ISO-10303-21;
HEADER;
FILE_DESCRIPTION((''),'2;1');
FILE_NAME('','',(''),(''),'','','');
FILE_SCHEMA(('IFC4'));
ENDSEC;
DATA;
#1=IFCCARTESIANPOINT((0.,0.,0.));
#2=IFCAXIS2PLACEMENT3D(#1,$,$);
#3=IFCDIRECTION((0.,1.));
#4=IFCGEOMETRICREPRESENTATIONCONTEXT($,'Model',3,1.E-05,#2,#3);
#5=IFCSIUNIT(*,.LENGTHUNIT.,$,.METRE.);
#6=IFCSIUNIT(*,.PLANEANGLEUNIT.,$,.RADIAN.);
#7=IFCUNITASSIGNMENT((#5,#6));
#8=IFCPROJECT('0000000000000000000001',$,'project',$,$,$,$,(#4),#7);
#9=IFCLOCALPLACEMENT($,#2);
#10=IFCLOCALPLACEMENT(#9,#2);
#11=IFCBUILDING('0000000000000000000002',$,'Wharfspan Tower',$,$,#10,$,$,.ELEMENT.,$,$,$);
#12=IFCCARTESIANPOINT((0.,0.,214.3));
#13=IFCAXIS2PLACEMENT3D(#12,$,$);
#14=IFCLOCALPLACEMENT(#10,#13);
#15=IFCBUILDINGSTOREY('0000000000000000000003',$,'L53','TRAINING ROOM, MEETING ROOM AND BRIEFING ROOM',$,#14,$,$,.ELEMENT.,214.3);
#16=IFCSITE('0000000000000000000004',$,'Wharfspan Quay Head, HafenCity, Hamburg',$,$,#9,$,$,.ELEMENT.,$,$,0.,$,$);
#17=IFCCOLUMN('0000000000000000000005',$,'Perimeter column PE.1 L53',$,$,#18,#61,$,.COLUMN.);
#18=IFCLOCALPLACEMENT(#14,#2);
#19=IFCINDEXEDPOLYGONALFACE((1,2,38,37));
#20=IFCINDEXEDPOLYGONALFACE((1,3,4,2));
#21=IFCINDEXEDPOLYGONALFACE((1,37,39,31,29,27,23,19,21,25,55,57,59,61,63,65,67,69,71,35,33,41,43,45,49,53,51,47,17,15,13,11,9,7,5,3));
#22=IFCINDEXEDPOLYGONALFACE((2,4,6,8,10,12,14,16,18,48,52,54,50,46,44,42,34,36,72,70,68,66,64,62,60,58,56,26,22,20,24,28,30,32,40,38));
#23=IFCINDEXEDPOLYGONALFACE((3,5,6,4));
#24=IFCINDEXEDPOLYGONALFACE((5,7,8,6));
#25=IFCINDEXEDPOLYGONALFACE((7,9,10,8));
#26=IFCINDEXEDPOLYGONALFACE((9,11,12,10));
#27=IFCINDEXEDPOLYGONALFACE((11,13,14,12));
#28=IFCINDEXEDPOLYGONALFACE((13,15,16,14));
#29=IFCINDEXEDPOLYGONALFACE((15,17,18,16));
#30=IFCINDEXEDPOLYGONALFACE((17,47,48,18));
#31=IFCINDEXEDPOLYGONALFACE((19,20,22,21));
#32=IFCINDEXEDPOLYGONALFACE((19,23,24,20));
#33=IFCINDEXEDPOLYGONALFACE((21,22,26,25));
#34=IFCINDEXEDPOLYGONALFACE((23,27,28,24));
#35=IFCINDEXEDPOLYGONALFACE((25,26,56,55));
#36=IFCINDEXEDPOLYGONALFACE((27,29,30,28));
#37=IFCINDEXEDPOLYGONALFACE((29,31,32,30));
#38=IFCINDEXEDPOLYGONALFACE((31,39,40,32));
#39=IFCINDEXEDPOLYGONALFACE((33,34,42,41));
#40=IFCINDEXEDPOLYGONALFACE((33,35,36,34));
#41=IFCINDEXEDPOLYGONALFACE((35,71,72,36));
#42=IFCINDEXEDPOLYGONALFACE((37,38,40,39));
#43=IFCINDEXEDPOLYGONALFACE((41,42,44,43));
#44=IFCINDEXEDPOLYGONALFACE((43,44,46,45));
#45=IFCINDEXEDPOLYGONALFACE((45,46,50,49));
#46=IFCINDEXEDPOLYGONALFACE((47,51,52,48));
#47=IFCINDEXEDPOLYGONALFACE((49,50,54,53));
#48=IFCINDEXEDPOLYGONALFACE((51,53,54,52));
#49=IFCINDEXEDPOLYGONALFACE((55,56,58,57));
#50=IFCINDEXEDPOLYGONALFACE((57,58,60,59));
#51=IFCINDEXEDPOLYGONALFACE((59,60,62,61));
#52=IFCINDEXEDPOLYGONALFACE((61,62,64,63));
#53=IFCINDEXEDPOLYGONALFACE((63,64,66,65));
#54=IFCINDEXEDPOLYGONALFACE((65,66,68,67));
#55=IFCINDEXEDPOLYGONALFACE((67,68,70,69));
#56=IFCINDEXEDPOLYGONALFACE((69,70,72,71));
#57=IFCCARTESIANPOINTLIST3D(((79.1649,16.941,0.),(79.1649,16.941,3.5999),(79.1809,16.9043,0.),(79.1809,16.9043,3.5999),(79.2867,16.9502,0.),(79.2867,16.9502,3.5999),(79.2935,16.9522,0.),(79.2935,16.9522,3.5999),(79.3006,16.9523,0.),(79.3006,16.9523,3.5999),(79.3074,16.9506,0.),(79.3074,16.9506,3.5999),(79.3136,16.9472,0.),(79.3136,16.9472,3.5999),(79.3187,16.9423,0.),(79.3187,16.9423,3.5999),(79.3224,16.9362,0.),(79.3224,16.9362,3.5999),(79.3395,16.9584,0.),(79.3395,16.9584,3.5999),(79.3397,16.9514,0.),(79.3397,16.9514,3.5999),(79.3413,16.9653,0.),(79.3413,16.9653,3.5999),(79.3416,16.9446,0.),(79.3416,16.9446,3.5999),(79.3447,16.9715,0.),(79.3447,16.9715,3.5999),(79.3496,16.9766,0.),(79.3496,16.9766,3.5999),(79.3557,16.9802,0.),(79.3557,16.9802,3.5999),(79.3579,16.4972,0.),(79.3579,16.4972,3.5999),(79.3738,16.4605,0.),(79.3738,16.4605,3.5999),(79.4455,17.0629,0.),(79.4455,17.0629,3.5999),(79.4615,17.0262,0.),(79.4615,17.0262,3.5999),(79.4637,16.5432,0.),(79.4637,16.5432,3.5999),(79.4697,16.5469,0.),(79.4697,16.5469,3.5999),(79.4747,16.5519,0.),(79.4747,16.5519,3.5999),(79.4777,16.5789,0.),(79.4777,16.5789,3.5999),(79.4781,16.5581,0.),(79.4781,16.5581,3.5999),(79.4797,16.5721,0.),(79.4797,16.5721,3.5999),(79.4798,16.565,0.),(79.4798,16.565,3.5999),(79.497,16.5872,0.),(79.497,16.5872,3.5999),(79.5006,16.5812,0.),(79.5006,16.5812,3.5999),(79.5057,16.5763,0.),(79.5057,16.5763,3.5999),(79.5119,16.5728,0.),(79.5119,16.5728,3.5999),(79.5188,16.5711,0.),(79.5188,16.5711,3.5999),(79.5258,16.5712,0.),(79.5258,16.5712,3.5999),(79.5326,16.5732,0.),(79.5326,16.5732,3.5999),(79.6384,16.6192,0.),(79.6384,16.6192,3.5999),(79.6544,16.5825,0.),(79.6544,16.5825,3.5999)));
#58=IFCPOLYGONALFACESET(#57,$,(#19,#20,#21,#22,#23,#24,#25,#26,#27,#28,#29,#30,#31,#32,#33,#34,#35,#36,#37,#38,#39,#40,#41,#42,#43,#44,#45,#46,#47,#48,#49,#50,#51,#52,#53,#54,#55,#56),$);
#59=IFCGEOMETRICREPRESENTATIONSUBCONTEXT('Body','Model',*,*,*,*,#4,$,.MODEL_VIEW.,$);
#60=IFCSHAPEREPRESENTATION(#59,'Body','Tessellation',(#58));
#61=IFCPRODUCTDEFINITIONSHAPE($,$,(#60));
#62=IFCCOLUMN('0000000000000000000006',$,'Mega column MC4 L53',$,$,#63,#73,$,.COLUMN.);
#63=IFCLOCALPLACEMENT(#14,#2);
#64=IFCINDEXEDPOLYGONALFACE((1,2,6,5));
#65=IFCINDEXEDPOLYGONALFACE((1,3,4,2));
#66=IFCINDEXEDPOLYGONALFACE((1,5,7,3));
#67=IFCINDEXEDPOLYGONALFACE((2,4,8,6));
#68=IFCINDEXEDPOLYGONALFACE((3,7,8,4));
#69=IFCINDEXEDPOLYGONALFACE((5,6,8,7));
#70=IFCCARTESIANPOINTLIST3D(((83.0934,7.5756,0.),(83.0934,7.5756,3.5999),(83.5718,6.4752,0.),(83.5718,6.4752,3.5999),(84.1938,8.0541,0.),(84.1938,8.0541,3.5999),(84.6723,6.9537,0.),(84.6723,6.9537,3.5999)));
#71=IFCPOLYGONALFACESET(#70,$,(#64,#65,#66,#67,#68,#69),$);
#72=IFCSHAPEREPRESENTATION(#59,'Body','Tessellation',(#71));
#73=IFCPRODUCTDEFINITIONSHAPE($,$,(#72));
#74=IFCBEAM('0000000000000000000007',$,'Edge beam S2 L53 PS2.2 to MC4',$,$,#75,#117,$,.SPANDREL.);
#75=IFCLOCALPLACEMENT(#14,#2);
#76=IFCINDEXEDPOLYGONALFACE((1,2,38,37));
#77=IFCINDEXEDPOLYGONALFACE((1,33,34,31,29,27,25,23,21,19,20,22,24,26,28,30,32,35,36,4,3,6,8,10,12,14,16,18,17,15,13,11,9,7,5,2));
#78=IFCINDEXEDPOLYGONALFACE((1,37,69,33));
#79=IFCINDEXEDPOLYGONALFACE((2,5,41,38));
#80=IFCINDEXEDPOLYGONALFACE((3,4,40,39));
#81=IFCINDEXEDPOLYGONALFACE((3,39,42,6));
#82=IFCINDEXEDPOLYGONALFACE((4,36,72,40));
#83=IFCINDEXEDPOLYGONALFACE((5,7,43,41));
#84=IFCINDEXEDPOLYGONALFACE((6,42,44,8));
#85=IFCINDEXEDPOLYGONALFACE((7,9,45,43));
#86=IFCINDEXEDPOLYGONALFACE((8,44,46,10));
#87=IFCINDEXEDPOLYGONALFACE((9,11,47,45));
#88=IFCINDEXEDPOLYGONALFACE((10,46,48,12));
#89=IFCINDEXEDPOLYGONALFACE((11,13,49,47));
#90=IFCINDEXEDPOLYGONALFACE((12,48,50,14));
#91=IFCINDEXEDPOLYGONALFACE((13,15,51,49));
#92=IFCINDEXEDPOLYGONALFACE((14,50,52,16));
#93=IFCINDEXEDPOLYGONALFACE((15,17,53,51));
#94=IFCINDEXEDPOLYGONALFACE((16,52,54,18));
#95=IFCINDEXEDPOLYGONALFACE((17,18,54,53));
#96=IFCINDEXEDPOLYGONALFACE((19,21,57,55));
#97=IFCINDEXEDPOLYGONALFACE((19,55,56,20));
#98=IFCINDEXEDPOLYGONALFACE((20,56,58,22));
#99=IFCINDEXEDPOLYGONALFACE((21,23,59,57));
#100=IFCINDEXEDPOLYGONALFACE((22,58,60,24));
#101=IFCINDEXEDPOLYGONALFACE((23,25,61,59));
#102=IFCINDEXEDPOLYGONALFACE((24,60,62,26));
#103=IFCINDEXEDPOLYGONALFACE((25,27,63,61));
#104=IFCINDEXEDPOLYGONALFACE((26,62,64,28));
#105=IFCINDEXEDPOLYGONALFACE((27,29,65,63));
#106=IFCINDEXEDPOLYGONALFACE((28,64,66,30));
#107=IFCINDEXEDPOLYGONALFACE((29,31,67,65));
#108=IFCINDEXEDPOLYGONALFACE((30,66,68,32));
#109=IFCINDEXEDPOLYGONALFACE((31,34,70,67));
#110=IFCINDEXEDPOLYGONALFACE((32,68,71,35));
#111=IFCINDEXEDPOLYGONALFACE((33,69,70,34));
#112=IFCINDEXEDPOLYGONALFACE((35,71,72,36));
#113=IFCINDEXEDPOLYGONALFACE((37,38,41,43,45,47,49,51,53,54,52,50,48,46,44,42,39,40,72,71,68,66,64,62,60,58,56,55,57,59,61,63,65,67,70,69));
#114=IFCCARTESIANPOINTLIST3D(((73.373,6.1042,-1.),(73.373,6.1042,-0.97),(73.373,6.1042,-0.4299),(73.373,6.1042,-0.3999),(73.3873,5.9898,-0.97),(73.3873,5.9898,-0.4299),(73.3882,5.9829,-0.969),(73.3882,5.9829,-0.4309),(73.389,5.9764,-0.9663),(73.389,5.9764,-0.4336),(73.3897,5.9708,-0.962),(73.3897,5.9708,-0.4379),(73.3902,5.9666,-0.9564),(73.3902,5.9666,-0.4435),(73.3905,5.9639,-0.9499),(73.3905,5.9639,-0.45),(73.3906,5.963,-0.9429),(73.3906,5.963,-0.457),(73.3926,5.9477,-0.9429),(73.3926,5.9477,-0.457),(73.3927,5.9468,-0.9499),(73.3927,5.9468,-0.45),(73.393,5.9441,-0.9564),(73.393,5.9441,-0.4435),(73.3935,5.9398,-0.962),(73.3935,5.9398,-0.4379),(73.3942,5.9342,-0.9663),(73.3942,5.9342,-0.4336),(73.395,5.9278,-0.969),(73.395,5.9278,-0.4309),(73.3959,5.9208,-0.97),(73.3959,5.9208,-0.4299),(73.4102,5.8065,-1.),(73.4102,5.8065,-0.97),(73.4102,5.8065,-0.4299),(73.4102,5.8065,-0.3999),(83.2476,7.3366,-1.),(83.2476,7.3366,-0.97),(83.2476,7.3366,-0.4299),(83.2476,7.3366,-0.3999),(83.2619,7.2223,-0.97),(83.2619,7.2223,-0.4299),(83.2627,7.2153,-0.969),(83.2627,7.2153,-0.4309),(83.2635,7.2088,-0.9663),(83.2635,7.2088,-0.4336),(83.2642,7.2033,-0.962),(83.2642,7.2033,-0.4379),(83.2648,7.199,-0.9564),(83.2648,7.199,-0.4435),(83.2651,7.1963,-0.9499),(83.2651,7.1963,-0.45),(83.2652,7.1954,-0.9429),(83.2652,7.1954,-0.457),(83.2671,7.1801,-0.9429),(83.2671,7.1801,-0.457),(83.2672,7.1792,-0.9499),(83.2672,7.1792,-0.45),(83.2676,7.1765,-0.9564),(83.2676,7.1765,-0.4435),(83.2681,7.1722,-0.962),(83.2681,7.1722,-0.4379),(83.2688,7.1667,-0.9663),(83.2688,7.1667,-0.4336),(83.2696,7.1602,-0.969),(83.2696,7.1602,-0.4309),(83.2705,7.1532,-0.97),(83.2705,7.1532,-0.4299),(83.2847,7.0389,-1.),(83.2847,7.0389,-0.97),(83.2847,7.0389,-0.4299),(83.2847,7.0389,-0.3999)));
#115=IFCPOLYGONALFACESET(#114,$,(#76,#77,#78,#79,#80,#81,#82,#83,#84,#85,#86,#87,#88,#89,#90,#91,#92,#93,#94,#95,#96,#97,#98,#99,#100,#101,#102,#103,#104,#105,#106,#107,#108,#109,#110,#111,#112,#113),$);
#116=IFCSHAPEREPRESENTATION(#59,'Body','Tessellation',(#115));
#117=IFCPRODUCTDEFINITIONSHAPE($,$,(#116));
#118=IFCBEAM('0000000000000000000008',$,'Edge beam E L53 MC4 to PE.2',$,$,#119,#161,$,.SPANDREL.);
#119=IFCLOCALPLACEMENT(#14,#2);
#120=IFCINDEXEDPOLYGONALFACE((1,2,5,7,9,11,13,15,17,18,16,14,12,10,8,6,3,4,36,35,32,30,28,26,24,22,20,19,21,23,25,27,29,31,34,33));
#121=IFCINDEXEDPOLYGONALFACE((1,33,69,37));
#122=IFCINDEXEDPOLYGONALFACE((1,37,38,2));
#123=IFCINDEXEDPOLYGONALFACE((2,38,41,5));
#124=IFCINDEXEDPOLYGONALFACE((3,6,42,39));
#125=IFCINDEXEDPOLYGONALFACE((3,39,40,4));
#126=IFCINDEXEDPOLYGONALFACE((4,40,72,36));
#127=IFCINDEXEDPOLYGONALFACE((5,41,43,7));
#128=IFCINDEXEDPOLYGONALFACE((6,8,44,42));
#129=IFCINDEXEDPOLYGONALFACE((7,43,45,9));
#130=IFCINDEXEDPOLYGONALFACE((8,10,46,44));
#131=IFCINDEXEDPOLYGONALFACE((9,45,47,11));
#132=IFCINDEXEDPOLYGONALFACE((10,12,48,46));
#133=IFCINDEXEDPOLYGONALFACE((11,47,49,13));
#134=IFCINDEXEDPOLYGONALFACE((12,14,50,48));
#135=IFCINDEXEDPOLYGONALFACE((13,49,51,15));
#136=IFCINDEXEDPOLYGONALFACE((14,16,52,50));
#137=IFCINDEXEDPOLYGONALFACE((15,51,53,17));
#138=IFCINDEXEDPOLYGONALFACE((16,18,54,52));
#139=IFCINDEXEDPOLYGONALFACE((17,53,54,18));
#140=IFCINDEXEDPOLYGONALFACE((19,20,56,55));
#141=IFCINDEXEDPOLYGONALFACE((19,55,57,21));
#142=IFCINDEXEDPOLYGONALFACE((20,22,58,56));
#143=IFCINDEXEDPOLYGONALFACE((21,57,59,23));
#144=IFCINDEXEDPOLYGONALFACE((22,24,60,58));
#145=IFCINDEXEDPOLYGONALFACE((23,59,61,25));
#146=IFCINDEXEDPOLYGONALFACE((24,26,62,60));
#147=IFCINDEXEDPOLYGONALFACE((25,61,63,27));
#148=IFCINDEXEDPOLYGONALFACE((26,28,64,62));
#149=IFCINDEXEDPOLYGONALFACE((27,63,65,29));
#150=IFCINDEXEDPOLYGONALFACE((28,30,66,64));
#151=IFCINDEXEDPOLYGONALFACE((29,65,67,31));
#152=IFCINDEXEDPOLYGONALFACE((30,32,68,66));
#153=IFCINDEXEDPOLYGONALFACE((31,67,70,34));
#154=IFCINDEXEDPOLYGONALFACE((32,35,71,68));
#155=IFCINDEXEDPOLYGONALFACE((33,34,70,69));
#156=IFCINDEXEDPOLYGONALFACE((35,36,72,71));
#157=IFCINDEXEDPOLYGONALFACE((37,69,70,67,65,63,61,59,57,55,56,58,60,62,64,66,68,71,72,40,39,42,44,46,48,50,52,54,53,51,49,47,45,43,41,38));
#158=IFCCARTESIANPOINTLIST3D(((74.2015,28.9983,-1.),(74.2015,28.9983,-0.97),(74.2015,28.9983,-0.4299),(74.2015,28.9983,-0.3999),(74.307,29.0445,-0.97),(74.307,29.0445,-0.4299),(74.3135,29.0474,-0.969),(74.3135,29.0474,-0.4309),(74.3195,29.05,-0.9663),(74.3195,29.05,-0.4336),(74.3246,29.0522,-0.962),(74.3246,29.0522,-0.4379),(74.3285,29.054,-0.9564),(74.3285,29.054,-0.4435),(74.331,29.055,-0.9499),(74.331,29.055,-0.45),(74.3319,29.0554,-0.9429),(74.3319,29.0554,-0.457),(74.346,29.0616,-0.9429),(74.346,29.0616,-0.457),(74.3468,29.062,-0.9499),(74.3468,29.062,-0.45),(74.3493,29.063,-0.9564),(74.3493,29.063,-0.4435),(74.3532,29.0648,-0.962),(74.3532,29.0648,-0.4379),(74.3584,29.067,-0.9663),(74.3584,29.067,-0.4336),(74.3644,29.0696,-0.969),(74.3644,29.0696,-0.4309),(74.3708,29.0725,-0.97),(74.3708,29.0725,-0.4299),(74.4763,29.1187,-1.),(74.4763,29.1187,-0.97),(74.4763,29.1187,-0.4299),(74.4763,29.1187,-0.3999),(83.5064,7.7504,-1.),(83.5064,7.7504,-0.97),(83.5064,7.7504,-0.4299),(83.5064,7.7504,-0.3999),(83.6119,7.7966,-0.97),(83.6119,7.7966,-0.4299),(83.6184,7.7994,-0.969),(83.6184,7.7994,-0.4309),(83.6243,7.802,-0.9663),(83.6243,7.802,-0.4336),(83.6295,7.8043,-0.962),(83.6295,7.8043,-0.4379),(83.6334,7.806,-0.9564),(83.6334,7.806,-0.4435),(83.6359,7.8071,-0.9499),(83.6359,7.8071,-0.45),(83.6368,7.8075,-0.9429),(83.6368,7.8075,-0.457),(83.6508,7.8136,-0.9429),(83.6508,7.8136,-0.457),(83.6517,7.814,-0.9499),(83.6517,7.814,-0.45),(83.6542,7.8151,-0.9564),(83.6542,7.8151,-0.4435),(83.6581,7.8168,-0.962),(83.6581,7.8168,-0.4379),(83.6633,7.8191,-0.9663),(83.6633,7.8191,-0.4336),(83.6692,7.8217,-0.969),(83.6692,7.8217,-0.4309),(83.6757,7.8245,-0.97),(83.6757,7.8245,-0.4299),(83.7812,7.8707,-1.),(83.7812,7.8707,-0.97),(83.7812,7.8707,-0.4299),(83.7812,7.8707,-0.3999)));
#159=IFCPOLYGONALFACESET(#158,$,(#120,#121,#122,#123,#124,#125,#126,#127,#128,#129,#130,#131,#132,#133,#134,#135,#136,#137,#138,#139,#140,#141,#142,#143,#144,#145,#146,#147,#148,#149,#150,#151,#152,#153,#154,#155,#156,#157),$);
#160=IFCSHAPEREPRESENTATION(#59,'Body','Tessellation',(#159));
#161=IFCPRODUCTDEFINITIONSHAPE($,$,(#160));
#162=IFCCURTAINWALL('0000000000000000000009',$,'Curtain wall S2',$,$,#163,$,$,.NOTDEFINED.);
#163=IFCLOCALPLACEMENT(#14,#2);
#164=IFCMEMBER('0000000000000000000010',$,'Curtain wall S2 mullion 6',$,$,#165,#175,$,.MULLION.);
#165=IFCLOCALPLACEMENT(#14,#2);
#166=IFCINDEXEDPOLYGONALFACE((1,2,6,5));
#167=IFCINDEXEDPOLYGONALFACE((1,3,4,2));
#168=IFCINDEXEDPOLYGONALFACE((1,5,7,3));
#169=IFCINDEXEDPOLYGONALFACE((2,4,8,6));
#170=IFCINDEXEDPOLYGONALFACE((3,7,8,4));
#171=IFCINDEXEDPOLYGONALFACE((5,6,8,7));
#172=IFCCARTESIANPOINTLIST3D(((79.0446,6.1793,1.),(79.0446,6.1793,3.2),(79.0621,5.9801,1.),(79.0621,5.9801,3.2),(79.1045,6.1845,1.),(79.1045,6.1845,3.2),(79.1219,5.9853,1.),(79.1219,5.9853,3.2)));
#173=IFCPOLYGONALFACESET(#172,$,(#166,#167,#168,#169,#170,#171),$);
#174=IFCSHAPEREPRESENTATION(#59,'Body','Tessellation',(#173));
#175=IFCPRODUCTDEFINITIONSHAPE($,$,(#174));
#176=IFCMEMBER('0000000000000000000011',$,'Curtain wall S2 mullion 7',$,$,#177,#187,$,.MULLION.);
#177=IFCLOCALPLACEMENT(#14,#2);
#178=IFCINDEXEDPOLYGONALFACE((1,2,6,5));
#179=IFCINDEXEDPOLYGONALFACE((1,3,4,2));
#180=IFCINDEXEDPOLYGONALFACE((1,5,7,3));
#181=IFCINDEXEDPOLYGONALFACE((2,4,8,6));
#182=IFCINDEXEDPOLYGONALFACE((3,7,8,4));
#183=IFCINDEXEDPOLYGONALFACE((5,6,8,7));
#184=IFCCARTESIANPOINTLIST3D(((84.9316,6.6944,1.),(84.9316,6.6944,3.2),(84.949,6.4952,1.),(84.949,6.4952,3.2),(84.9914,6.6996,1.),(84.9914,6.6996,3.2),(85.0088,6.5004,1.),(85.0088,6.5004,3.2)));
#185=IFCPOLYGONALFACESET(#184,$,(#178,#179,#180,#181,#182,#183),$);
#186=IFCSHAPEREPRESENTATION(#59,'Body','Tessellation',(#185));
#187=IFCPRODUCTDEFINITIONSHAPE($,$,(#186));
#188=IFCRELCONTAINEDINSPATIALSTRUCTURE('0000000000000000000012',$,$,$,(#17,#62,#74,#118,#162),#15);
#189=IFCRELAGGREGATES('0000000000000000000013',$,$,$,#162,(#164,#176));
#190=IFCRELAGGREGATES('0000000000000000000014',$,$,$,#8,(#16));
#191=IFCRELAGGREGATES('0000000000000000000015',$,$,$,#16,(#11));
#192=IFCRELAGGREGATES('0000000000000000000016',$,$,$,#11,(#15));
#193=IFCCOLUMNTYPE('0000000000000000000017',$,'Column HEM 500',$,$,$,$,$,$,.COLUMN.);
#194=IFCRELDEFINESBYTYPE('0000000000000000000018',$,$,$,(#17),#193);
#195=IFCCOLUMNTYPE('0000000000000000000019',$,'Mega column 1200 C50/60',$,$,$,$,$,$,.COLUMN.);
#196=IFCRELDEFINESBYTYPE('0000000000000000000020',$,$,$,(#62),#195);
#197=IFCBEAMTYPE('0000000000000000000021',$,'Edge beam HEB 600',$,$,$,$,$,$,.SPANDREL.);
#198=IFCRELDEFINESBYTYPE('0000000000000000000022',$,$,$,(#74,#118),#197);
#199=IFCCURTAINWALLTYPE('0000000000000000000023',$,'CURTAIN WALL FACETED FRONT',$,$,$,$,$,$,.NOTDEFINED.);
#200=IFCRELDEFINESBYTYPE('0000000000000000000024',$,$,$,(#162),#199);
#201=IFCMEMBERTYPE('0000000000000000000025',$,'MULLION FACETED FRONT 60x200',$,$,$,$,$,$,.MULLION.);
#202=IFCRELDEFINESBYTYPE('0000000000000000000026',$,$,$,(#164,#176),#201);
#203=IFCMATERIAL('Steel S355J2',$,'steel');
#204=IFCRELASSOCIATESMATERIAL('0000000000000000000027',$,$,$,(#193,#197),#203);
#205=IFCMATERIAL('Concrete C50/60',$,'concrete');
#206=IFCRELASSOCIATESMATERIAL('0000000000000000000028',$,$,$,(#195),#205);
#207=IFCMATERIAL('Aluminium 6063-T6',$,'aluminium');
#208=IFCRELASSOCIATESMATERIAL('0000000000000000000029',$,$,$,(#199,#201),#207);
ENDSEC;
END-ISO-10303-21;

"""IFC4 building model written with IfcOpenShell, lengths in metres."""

from ifc_helpers import new_model, si_unit, direction, frame, origin, origin_2d, place, context, subcontext, project, spatial, rectangle, i_section, extrude, material, material_profile, profile_set, type_object, element, aggregate, save


model = new_model("IFC4")

# Units and contexts
model_context = context("Model", 3, precision=1e-05, world=origin(), true_north=direction((0.0, 1.0)))
body_context = subcontext(model_context, "Body", "Model", "MODEL_VIEW")
ifc_project = project(units=[si_unit("LENGTHUNIT", "METRE"), si_unit("PLANEANGLEUNIT", "RADIAN")], contexts=[model_context])

# Site, building, storey
site_placement = place(None, origin())
site = spatial("IfcSite", under=ifc_project, at=site_placement, Name="Wharfspan Quay Head, HafenCity, Hamburg", CompositionType="ELEMENT", RefElevation=0.0)
building_placement = place(site_placement, origin())
building = spatial("IfcBuilding", under=site, at=building_placement, Name="Wharfspan Tower", CompositionType="ELEMENT")
storey_placement = place(building_placement, frame((0.0, 0.0, 214.3)))
storey = spatial("IfcBuildingStorey", under=building, at=storey_placement, Name="L53", Description="TRAINING ROOM, MEETING ROOM AND BRIEFING ROOM", CompositionType="ELEMENT", Elevation=214.3)

# Columns
ifc_material_1 = material(Name="Steel S355J2", Category="steel")
ifc_material_profile_1 = material_profile(ifc_material_1, i_section(OverallWidth=0.3059, OverallDepth=0.5239, WebThickness=0.021, FlangeThickness=0.04, FilletRadius=0.0271, at=origin_2d()))
ifc_profile_set_1 = profile_set([ifc_material_profile_1], Name="Steel S355J2")
column_type_1 = type_object("IfcColumnType", Name="Column HEM 500", PredefinedType="COLUMN", material=ifc_profile_set_1)
column_1_placement = place(storey_placement, frame((79.4097, 16.7617, 0.0), z_axis=(0.0, 0.0, 1.0), x_axis=(0.917072, 0.398727, 0.0)))
element("IfcColumn", 1, at=column_1_placement, inside=storey, type_object=column_type_1, Name="Perimeter column PE.1 L53", PredefinedType="COLUMN", context=body_context, shape_type="SweptSolid", body=[
    extrude(i_section(OverallWidth=0.3059, OverallDepth=0.5239, WebThickness=0.021, FlangeThickness=0.04, FilletRadius=0.0271, at=origin_2d()), origin(), (0.0, 0.0, 1.0), 3.5999),
])
ifc_material_2 = material(Name="Concrete C50/60", Category="concrete")
ifc_material_profile_2 = material_profile(ifc_material_2, rectangle(XDim=1.2, YDim=1.2, at=origin_2d()))
ifc_profile_set_2 = profile_set([ifc_material_profile_2], Name="Concrete C50/60")
column_type_2 = type_object("IfcColumnType", Name="Mega column 1200 C50/60", PredefinedType="COLUMN", material=ifc_profile_set_2)
column_2_placement = place(storey_placement, frame((83.8828, 7.2646, 0.0), z_axis=(0.0, 0.0, 1.0), x_axis=(-0.398727, 0.917072, 0.0)))
element("IfcColumn", 2, at=column_2_placement, inside=storey, type_object=column_type_2, Name="Mega column MC4 L53", PredefinedType="COLUMN", context=body_context, shape_type="SweptSolid", body=[
    extrude(rectangle(XDim=1.2, YDim=1.2, at=origin_2d()), origin(), (0.0, 0.0, 1.0), 3.5999),
])

# Beams
ifc_material_profile_3 = material_profile(ifc_material_1, i_section(OverallWidth=0.3, OverallDepth=0.6001, WebThickness=0.0154, FlangeThickness=0.03, FilletRadius=0.0271, at=origin_2d()))
ifc_profile_set_3 = profile_set([ifc_material_profile_3], Name="Steel S355J2")
beam_type = type_object("IfcBeamType", Name="Edge beam HEB 600", PredefinedType="SPANDREL", material=ifc_profile_set_3)
beam_1_placement = place(storey_placement, frame((73.3916, 5.9553, -0.7), z_axis=(0.992301, 0.123848, 0.0), x_axis=(-0.123848, 0.992301, 0.0)))
element("IfcBeam", 3, at=beam_1_placement, inside=storey, type_object=beam_type, Name="Edge beam S2 L53 PS2.2 to MC4", PredefinedType="SPANDREL", context=body_context, shape_type="SweptSolid", body=[
    extrude(i_section(OverallWidth=0.3, OverallDepth=0.6001, WebThickness=0.0154, FlangeThickness=0.03, FilletRadius=0.0271, at=origin_2d()), origin(), (0.0, 0.0, 1.0), 9.9512),
])
beam_2_placement = place(storey_placement, frame((83.6438, 7.8105, -0.7), z_axis=(-0.401141, 0.916016, 0.0), x_axis=(-0.916016, -0.401141, 0.0)))
element("IfcBeam", 4, at=beam_2_placement, inside=storey, type_object=beam_type, Name="Edge beam E L53 MC4 to PE.2", PredefinedType="SPANDREL", context=body_context, shape_type="SweptSolid", body=[
    extrude(i_section(OverallWidth=0.3, OverallDepth=0.6001, WebThickness=0.0154, FlangeThickness=0.03, FilletRadius=0.0271, at=origin_2d()), origin(), (0.0, 0.0, 1.0), 23.196),
])

# Curtain wall, members
ifc_material_3 = material(Name="Aluminium 6063-T6", Category="aluminium")
curtain_wall_type_1 = type_object("IfcCurtainWallType", Name="CURTAIN WALL FACETED FRONT", PredefinedType="NOTDEFINED", material=ifc_material_3)
curtain_wall_1_placement = place(storey_placement, origin())
curtain_wall_1 = element("IfcCurtainWall", 5, at=curtain_wall_1_placement, inside=storey, type_object=curtain_wall_type_1, Name="Curtain wall S2", PredefinedType="NOTDEFINED")
ifc_material_profile_4 = material_profile(ifc_material_3, rectangle(XDim=0.2, YDim=0.0601, at=origin_2d()))
ifc_profile_set_4 = profile_set([ifc_material_profile_4], Name="Aluminium 6063-T6")
member_type_1 = type_object("IfcMemberType", Name="MULLION FACETED FRONT 60x200", PredefinedType="MULLION", material=ifc_profile_set_4)
member_1_placement = place(storey_placement, frame((79.0833, 6.0823, 1.0), z_axis=(0.0, 0.0, 1.0), x_axis=(-0.087156, 0.996197, 0.0)))
member_1 = element("IfcMember", 6, at=member_1_placement, type_object=member_type_1, Name="Curtain wall S2 mullion 6", PredefinedType="MULLION", context=body_context, shape_type="SweptSolid", body=[
    extrude(rectangle(XDim=0.2, YDim=0.0601, at=origin_2d()), origin(), (0.0, 0.0, 1.0), 2.2),
])
member_2_placement = place(storey_placement, frame((84.9702, 6.5974, 1.0), z_axis=(0.0, 0.0, 1.0), x_axis=(-0.087156, 0.996197, 0.0)))
member_2 = element("IfcMember", 7, at=member_2_placement, type_object=member_type_1, Name="Curtain wall S2 mullion 7", PredefinedType="MULLION", context=body_context, shape_type="SweptSolid", body=[
    extrude(rectangle(XDim=0.2, YDim=0.0601, at=origin_2d()), origin(), (0.0, 0.0, 1.0), 2.2),
])

aggregate(curtain_wall_1, [member_1, member_2])

save(model, "model.ifc")
